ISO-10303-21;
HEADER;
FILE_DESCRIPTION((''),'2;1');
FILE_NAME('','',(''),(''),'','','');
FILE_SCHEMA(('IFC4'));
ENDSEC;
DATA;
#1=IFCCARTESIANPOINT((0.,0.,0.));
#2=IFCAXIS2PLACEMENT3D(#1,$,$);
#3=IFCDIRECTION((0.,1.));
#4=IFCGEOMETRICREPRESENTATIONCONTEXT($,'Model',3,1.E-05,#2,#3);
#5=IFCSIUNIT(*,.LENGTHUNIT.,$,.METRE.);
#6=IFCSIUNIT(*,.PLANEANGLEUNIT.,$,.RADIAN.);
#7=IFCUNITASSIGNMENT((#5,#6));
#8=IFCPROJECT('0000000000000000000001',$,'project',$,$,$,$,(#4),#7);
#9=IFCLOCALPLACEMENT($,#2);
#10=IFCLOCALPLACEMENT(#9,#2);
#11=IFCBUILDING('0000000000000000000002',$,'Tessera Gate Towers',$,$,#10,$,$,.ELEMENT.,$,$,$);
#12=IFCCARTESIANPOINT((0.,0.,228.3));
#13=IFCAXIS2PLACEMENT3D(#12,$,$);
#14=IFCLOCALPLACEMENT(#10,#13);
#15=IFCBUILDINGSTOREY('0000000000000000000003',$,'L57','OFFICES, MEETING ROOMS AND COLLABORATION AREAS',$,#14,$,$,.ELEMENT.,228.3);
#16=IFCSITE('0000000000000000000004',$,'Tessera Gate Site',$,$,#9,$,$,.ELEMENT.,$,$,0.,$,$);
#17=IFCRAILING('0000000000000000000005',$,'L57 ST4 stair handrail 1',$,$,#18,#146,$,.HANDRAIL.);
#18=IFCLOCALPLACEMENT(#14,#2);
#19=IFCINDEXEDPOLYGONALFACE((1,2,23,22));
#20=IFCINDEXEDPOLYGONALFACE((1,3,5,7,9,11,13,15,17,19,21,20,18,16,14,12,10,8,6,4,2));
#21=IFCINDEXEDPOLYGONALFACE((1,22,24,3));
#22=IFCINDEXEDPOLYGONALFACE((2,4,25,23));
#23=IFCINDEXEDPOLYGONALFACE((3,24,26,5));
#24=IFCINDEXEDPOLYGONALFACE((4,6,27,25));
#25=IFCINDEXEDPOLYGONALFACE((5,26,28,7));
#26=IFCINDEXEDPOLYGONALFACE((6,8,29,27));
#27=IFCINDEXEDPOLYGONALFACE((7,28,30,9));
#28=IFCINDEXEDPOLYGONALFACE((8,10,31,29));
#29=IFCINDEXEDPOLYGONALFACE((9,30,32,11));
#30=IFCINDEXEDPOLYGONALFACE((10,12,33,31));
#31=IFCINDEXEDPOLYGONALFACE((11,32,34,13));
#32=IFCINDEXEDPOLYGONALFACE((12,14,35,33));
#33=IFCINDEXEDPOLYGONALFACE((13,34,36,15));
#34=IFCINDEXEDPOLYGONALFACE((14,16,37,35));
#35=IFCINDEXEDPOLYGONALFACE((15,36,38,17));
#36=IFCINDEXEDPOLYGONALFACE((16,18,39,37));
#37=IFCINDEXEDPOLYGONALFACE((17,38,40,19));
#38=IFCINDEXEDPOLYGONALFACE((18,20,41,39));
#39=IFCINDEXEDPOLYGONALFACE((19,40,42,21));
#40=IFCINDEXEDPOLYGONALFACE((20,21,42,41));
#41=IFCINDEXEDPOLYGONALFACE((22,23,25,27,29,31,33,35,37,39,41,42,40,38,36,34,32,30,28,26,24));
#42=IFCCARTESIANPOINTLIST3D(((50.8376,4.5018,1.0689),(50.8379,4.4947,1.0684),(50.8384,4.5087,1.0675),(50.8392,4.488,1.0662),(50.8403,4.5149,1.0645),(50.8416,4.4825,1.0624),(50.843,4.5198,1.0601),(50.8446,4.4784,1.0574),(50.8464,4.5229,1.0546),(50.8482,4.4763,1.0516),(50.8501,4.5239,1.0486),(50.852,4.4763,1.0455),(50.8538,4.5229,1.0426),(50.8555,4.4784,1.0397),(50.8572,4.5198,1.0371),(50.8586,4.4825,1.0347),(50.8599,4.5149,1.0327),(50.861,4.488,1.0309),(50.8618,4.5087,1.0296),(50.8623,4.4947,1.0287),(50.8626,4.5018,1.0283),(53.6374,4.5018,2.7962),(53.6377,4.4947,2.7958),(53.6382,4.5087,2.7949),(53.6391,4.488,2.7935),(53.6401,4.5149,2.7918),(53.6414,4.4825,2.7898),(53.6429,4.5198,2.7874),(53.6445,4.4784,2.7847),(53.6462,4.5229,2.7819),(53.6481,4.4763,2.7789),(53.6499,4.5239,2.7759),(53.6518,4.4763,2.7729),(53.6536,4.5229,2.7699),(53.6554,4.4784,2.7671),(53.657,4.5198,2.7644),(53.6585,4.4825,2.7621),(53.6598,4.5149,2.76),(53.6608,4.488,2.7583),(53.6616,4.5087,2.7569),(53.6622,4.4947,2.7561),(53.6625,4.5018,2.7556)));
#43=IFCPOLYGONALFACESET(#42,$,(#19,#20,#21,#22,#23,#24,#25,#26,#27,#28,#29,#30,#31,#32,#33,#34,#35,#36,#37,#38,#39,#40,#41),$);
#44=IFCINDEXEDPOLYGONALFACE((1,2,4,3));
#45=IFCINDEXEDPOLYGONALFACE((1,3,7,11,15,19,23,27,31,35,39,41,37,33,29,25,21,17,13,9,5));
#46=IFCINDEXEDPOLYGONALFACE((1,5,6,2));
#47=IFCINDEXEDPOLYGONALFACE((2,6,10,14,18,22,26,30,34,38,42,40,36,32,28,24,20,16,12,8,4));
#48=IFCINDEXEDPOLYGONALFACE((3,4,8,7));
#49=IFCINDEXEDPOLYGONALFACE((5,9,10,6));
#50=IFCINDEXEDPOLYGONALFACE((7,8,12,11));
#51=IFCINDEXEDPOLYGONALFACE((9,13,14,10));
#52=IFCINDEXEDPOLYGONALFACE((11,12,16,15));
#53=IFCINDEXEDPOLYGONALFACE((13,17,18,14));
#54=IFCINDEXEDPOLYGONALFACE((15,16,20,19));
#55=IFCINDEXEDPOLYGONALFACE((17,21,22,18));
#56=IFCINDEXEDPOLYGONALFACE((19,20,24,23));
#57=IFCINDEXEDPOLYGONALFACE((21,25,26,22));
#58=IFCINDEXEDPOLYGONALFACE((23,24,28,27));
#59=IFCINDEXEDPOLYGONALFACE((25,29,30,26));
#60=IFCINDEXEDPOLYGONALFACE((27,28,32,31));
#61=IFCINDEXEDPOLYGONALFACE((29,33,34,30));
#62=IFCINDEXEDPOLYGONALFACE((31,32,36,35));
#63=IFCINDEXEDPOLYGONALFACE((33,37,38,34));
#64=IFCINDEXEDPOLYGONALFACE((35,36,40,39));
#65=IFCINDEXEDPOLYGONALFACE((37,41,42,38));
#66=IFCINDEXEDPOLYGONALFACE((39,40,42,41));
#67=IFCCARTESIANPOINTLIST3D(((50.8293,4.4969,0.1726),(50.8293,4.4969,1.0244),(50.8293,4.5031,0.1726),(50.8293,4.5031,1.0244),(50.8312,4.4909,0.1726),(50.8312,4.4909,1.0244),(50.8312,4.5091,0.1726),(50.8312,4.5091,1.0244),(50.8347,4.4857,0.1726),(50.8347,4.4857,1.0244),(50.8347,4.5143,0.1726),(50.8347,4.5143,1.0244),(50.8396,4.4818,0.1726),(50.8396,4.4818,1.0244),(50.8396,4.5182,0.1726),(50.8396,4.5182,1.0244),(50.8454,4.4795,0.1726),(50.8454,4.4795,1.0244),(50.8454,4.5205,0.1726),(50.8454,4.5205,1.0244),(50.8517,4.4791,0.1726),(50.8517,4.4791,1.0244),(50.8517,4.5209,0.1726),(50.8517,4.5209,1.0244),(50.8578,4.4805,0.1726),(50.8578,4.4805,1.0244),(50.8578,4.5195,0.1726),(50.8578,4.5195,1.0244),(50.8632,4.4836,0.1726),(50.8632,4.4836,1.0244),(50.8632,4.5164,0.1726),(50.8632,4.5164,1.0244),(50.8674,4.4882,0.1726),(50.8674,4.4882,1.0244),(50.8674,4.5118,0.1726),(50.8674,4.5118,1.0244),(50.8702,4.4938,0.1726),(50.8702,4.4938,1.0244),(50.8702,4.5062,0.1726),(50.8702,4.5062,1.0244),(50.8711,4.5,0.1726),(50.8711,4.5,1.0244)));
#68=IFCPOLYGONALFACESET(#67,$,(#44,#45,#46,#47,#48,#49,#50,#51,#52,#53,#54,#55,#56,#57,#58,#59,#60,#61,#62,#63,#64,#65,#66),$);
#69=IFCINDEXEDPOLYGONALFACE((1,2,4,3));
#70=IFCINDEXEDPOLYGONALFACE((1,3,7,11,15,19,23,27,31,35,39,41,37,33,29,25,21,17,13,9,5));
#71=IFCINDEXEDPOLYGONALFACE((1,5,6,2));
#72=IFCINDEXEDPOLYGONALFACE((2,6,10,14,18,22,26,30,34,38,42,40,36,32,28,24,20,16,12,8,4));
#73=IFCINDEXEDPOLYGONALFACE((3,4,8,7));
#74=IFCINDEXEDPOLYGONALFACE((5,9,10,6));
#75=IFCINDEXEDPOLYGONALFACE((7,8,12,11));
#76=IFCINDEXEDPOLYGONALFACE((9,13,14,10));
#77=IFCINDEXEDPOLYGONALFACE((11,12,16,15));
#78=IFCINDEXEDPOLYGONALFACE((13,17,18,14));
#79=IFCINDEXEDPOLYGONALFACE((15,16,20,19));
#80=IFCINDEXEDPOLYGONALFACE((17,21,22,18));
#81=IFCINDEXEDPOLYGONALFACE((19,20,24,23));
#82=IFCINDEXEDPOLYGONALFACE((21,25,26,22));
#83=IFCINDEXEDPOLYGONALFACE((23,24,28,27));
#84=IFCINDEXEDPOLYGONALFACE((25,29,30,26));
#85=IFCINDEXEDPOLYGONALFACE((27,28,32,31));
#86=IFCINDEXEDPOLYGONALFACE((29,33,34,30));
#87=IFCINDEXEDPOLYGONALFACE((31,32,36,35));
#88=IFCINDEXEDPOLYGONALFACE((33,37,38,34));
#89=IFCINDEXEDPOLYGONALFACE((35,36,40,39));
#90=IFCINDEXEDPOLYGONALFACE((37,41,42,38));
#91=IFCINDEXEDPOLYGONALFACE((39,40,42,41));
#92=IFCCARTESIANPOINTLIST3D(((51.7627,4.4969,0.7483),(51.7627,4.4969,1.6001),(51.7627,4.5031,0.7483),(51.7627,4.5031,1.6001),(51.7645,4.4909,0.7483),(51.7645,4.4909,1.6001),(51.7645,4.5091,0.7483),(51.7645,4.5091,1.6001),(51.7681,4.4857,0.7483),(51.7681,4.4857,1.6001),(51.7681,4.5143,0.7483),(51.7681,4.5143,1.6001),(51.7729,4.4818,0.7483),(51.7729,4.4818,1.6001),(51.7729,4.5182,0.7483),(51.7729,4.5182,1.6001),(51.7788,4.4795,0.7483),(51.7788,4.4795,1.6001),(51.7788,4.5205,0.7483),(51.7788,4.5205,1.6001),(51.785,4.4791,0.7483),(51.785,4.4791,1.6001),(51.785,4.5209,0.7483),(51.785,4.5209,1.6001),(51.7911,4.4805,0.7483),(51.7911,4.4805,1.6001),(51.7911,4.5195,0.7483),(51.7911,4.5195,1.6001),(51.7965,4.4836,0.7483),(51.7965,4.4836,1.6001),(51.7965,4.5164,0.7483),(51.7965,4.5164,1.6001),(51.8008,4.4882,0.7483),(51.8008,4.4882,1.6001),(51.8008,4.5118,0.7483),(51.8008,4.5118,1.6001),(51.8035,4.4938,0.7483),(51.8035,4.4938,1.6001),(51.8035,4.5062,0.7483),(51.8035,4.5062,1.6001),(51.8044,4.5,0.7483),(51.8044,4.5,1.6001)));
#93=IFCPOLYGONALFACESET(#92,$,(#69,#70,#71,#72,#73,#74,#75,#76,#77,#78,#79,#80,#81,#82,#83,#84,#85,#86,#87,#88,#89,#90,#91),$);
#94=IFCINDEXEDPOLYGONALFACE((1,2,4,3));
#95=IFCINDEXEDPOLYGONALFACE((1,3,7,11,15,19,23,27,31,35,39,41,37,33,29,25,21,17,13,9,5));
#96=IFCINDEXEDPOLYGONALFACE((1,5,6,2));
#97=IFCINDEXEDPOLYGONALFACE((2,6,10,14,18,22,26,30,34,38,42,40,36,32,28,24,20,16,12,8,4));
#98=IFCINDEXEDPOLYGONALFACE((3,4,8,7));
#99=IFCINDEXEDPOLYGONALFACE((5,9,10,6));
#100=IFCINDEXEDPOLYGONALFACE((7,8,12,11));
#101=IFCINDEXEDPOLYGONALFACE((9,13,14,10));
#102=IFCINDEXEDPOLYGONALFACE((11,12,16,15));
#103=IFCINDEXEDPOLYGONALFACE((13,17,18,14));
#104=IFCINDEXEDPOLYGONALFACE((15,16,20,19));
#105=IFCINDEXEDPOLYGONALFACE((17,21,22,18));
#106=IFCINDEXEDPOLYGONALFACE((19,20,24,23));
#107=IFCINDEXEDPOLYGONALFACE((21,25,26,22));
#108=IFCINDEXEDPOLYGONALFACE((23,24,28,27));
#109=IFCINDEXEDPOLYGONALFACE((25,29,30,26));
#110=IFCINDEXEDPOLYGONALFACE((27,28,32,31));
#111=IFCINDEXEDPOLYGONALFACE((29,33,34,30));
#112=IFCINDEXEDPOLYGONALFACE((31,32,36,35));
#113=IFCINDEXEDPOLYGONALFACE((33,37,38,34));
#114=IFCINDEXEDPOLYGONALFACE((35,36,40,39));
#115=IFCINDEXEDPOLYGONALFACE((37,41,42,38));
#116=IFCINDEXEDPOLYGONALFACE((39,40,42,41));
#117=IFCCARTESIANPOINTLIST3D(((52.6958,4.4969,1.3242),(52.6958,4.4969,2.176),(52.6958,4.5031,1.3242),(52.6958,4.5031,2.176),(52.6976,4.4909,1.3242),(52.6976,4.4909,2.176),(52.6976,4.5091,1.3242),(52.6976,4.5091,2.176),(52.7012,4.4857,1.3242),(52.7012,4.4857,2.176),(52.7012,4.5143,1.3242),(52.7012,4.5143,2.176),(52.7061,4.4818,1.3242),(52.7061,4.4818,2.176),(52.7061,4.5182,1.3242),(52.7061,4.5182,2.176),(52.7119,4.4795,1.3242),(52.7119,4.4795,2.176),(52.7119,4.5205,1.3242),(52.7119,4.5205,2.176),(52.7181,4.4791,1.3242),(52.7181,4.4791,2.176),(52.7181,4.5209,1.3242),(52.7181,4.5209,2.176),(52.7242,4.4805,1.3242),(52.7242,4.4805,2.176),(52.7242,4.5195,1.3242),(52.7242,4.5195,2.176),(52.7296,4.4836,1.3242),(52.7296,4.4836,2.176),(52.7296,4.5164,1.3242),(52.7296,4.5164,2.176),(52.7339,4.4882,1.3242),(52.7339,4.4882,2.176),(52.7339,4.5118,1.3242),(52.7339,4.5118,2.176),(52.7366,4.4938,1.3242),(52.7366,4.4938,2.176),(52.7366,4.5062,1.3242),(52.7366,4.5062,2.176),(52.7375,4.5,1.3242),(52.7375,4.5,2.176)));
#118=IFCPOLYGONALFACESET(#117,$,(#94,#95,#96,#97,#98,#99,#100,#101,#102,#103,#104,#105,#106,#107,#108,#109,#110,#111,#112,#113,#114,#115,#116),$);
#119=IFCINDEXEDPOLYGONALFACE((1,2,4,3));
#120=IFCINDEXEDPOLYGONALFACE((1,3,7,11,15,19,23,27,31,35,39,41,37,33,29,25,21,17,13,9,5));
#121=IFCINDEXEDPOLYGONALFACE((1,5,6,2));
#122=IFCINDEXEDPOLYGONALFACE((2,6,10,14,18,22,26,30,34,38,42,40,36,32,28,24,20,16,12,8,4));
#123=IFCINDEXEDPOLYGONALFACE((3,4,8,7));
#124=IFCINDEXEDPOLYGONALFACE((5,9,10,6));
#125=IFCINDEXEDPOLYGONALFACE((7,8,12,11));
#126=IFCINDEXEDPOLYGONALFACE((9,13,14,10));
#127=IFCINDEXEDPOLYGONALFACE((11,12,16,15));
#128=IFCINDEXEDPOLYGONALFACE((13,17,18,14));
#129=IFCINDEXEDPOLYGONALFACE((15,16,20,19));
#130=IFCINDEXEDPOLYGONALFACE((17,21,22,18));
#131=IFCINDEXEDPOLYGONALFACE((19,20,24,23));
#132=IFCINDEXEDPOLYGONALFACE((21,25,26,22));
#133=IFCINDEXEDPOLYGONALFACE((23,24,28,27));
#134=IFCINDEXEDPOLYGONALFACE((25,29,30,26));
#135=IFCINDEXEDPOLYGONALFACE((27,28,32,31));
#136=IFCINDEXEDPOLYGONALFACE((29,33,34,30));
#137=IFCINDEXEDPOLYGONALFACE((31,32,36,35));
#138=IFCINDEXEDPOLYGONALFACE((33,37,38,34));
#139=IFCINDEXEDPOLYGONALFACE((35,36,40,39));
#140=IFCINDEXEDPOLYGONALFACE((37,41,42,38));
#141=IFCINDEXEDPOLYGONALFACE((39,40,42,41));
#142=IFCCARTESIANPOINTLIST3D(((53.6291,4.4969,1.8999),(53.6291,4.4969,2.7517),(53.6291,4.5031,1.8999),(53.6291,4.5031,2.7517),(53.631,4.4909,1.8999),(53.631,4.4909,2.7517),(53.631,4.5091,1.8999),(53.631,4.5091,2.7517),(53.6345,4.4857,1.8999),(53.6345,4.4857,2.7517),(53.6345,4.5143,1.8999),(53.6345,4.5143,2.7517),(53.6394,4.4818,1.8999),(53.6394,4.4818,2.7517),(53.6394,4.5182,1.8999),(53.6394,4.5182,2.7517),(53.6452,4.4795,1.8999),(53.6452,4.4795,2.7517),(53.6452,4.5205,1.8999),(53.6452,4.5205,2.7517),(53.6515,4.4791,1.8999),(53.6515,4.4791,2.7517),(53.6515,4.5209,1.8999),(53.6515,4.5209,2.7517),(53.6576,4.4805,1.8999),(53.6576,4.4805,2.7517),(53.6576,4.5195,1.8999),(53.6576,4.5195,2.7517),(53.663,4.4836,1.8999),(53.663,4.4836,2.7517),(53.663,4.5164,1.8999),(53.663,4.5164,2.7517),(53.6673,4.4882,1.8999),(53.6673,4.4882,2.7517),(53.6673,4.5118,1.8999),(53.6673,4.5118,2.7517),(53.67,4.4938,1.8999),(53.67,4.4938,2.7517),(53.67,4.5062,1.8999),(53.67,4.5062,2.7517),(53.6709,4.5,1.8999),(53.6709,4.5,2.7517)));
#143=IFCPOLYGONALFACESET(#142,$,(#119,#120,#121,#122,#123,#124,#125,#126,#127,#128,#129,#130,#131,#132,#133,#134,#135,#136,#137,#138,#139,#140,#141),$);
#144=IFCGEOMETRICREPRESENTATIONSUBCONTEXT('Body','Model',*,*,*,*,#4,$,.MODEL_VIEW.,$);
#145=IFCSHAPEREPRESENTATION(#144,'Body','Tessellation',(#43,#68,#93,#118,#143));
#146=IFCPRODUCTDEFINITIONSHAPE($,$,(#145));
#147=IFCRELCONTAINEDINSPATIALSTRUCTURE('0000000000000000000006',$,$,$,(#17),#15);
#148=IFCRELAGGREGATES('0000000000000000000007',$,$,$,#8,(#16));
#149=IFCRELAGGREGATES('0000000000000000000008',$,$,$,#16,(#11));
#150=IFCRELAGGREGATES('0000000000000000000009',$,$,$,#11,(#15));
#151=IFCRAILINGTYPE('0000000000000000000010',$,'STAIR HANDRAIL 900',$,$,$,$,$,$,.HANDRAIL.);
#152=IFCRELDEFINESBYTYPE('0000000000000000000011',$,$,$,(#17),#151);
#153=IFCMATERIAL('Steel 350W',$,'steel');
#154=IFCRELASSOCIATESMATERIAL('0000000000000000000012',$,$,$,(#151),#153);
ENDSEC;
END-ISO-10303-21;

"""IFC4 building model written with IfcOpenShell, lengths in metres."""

from ifc_helpers import new_model, si_unit, direction, frame, origin, origin_2d, place, context, subcontext, project, spatial, circle, extrude, material, type_object, element, save


model = new_model("IFC4")

# Units and contexts
model_context = context("Model", 3, precision=1e-05, world=origin(), true_north=direction((0.0, 1.0)))
body_context = subcontext(model_context, "Body", "Model", "MODEL_VIEW")
ifc_project = project(units=[si_unit("LENGTHUNIT", "METRE"), si_unit("PLANEANGLEUNIT", "RADIAN")], contexts=[model_context])

# Site, building, storey
site_placement = place(None, origin())
site = spatial("IfcSite", under=ifc_project, at=site_placement, Name="Tessera Gate Site", CompositionType="ELEMENT", RefElevation=0.0)
building_placement = place(site_placement, origin())
building = spatial("IfcBuilding", under=site, at=building_placement, Name="Tessera Gate Towers", CompositionType="ELEMENT")
storey_placement = place(building_placement, frame((0.0, 0.0, 228.3)))
storey = spatial("IfcBuildingStorey", under=building, at=storey_placement, Name="L57", Description="OFFICES, MEETING ROOMS AND COLLABORATION AREAS", CompositionType="ELEMENT", Elevation=228.3)

# Railing
ifc_material_1 = material(Name="Steel 350W", Category="steel")
railing_type_1 = type_object("IfcRailingType", Name="STAIR HANDRAIL 900", PredefinedType="HANDRAIL", material=ifc_material_1)
railing_1_placement = place(storey_placement, frame((50.8501, 4.5, 0.1726)))
element("IfcRailing", 1, at=railing_1_placement, inside=storey, type_object=railing_type_1, Name="L57 ST4 stair handrail 1", PredefinedType="HANDRAIL", context=body_context, shape_type="SweptSolid", body=[
    extrude(circle(Radius=0.0239, at=origin_2d()), frame((0.0, 0.0, 0.876), z_axis=(0.851069, 0.0, 0.525054), x_axis=(0.0, 1.0, 0.0)), (0.0, 0.0, 1.0), 3.2898),
    extrude(circle(Radius=0.021, at=origin_2d()), origin(), (0.0, 0.0, 1.0), 0.8518),
    extrude(circle(Radius=0.021, at=origin_2d()), frame((0.9333, 0.0, 0.5757)), (0.0, 0.0, 1.0), 0.8518),
    extrude(circle(Radius=0.021, at=origin_2d()), frame((1.8665, 0.0, 1.1516)), (0.0, 0.0, 1.0), 0.8518),
    extrude(circle(Radius=0.021, at=origin_2d()), frame((2.7998, 0.0, 1.7273)), (0.0, 0.0, 1.0), 0.8518),
])

save(model, "model.ifc")
